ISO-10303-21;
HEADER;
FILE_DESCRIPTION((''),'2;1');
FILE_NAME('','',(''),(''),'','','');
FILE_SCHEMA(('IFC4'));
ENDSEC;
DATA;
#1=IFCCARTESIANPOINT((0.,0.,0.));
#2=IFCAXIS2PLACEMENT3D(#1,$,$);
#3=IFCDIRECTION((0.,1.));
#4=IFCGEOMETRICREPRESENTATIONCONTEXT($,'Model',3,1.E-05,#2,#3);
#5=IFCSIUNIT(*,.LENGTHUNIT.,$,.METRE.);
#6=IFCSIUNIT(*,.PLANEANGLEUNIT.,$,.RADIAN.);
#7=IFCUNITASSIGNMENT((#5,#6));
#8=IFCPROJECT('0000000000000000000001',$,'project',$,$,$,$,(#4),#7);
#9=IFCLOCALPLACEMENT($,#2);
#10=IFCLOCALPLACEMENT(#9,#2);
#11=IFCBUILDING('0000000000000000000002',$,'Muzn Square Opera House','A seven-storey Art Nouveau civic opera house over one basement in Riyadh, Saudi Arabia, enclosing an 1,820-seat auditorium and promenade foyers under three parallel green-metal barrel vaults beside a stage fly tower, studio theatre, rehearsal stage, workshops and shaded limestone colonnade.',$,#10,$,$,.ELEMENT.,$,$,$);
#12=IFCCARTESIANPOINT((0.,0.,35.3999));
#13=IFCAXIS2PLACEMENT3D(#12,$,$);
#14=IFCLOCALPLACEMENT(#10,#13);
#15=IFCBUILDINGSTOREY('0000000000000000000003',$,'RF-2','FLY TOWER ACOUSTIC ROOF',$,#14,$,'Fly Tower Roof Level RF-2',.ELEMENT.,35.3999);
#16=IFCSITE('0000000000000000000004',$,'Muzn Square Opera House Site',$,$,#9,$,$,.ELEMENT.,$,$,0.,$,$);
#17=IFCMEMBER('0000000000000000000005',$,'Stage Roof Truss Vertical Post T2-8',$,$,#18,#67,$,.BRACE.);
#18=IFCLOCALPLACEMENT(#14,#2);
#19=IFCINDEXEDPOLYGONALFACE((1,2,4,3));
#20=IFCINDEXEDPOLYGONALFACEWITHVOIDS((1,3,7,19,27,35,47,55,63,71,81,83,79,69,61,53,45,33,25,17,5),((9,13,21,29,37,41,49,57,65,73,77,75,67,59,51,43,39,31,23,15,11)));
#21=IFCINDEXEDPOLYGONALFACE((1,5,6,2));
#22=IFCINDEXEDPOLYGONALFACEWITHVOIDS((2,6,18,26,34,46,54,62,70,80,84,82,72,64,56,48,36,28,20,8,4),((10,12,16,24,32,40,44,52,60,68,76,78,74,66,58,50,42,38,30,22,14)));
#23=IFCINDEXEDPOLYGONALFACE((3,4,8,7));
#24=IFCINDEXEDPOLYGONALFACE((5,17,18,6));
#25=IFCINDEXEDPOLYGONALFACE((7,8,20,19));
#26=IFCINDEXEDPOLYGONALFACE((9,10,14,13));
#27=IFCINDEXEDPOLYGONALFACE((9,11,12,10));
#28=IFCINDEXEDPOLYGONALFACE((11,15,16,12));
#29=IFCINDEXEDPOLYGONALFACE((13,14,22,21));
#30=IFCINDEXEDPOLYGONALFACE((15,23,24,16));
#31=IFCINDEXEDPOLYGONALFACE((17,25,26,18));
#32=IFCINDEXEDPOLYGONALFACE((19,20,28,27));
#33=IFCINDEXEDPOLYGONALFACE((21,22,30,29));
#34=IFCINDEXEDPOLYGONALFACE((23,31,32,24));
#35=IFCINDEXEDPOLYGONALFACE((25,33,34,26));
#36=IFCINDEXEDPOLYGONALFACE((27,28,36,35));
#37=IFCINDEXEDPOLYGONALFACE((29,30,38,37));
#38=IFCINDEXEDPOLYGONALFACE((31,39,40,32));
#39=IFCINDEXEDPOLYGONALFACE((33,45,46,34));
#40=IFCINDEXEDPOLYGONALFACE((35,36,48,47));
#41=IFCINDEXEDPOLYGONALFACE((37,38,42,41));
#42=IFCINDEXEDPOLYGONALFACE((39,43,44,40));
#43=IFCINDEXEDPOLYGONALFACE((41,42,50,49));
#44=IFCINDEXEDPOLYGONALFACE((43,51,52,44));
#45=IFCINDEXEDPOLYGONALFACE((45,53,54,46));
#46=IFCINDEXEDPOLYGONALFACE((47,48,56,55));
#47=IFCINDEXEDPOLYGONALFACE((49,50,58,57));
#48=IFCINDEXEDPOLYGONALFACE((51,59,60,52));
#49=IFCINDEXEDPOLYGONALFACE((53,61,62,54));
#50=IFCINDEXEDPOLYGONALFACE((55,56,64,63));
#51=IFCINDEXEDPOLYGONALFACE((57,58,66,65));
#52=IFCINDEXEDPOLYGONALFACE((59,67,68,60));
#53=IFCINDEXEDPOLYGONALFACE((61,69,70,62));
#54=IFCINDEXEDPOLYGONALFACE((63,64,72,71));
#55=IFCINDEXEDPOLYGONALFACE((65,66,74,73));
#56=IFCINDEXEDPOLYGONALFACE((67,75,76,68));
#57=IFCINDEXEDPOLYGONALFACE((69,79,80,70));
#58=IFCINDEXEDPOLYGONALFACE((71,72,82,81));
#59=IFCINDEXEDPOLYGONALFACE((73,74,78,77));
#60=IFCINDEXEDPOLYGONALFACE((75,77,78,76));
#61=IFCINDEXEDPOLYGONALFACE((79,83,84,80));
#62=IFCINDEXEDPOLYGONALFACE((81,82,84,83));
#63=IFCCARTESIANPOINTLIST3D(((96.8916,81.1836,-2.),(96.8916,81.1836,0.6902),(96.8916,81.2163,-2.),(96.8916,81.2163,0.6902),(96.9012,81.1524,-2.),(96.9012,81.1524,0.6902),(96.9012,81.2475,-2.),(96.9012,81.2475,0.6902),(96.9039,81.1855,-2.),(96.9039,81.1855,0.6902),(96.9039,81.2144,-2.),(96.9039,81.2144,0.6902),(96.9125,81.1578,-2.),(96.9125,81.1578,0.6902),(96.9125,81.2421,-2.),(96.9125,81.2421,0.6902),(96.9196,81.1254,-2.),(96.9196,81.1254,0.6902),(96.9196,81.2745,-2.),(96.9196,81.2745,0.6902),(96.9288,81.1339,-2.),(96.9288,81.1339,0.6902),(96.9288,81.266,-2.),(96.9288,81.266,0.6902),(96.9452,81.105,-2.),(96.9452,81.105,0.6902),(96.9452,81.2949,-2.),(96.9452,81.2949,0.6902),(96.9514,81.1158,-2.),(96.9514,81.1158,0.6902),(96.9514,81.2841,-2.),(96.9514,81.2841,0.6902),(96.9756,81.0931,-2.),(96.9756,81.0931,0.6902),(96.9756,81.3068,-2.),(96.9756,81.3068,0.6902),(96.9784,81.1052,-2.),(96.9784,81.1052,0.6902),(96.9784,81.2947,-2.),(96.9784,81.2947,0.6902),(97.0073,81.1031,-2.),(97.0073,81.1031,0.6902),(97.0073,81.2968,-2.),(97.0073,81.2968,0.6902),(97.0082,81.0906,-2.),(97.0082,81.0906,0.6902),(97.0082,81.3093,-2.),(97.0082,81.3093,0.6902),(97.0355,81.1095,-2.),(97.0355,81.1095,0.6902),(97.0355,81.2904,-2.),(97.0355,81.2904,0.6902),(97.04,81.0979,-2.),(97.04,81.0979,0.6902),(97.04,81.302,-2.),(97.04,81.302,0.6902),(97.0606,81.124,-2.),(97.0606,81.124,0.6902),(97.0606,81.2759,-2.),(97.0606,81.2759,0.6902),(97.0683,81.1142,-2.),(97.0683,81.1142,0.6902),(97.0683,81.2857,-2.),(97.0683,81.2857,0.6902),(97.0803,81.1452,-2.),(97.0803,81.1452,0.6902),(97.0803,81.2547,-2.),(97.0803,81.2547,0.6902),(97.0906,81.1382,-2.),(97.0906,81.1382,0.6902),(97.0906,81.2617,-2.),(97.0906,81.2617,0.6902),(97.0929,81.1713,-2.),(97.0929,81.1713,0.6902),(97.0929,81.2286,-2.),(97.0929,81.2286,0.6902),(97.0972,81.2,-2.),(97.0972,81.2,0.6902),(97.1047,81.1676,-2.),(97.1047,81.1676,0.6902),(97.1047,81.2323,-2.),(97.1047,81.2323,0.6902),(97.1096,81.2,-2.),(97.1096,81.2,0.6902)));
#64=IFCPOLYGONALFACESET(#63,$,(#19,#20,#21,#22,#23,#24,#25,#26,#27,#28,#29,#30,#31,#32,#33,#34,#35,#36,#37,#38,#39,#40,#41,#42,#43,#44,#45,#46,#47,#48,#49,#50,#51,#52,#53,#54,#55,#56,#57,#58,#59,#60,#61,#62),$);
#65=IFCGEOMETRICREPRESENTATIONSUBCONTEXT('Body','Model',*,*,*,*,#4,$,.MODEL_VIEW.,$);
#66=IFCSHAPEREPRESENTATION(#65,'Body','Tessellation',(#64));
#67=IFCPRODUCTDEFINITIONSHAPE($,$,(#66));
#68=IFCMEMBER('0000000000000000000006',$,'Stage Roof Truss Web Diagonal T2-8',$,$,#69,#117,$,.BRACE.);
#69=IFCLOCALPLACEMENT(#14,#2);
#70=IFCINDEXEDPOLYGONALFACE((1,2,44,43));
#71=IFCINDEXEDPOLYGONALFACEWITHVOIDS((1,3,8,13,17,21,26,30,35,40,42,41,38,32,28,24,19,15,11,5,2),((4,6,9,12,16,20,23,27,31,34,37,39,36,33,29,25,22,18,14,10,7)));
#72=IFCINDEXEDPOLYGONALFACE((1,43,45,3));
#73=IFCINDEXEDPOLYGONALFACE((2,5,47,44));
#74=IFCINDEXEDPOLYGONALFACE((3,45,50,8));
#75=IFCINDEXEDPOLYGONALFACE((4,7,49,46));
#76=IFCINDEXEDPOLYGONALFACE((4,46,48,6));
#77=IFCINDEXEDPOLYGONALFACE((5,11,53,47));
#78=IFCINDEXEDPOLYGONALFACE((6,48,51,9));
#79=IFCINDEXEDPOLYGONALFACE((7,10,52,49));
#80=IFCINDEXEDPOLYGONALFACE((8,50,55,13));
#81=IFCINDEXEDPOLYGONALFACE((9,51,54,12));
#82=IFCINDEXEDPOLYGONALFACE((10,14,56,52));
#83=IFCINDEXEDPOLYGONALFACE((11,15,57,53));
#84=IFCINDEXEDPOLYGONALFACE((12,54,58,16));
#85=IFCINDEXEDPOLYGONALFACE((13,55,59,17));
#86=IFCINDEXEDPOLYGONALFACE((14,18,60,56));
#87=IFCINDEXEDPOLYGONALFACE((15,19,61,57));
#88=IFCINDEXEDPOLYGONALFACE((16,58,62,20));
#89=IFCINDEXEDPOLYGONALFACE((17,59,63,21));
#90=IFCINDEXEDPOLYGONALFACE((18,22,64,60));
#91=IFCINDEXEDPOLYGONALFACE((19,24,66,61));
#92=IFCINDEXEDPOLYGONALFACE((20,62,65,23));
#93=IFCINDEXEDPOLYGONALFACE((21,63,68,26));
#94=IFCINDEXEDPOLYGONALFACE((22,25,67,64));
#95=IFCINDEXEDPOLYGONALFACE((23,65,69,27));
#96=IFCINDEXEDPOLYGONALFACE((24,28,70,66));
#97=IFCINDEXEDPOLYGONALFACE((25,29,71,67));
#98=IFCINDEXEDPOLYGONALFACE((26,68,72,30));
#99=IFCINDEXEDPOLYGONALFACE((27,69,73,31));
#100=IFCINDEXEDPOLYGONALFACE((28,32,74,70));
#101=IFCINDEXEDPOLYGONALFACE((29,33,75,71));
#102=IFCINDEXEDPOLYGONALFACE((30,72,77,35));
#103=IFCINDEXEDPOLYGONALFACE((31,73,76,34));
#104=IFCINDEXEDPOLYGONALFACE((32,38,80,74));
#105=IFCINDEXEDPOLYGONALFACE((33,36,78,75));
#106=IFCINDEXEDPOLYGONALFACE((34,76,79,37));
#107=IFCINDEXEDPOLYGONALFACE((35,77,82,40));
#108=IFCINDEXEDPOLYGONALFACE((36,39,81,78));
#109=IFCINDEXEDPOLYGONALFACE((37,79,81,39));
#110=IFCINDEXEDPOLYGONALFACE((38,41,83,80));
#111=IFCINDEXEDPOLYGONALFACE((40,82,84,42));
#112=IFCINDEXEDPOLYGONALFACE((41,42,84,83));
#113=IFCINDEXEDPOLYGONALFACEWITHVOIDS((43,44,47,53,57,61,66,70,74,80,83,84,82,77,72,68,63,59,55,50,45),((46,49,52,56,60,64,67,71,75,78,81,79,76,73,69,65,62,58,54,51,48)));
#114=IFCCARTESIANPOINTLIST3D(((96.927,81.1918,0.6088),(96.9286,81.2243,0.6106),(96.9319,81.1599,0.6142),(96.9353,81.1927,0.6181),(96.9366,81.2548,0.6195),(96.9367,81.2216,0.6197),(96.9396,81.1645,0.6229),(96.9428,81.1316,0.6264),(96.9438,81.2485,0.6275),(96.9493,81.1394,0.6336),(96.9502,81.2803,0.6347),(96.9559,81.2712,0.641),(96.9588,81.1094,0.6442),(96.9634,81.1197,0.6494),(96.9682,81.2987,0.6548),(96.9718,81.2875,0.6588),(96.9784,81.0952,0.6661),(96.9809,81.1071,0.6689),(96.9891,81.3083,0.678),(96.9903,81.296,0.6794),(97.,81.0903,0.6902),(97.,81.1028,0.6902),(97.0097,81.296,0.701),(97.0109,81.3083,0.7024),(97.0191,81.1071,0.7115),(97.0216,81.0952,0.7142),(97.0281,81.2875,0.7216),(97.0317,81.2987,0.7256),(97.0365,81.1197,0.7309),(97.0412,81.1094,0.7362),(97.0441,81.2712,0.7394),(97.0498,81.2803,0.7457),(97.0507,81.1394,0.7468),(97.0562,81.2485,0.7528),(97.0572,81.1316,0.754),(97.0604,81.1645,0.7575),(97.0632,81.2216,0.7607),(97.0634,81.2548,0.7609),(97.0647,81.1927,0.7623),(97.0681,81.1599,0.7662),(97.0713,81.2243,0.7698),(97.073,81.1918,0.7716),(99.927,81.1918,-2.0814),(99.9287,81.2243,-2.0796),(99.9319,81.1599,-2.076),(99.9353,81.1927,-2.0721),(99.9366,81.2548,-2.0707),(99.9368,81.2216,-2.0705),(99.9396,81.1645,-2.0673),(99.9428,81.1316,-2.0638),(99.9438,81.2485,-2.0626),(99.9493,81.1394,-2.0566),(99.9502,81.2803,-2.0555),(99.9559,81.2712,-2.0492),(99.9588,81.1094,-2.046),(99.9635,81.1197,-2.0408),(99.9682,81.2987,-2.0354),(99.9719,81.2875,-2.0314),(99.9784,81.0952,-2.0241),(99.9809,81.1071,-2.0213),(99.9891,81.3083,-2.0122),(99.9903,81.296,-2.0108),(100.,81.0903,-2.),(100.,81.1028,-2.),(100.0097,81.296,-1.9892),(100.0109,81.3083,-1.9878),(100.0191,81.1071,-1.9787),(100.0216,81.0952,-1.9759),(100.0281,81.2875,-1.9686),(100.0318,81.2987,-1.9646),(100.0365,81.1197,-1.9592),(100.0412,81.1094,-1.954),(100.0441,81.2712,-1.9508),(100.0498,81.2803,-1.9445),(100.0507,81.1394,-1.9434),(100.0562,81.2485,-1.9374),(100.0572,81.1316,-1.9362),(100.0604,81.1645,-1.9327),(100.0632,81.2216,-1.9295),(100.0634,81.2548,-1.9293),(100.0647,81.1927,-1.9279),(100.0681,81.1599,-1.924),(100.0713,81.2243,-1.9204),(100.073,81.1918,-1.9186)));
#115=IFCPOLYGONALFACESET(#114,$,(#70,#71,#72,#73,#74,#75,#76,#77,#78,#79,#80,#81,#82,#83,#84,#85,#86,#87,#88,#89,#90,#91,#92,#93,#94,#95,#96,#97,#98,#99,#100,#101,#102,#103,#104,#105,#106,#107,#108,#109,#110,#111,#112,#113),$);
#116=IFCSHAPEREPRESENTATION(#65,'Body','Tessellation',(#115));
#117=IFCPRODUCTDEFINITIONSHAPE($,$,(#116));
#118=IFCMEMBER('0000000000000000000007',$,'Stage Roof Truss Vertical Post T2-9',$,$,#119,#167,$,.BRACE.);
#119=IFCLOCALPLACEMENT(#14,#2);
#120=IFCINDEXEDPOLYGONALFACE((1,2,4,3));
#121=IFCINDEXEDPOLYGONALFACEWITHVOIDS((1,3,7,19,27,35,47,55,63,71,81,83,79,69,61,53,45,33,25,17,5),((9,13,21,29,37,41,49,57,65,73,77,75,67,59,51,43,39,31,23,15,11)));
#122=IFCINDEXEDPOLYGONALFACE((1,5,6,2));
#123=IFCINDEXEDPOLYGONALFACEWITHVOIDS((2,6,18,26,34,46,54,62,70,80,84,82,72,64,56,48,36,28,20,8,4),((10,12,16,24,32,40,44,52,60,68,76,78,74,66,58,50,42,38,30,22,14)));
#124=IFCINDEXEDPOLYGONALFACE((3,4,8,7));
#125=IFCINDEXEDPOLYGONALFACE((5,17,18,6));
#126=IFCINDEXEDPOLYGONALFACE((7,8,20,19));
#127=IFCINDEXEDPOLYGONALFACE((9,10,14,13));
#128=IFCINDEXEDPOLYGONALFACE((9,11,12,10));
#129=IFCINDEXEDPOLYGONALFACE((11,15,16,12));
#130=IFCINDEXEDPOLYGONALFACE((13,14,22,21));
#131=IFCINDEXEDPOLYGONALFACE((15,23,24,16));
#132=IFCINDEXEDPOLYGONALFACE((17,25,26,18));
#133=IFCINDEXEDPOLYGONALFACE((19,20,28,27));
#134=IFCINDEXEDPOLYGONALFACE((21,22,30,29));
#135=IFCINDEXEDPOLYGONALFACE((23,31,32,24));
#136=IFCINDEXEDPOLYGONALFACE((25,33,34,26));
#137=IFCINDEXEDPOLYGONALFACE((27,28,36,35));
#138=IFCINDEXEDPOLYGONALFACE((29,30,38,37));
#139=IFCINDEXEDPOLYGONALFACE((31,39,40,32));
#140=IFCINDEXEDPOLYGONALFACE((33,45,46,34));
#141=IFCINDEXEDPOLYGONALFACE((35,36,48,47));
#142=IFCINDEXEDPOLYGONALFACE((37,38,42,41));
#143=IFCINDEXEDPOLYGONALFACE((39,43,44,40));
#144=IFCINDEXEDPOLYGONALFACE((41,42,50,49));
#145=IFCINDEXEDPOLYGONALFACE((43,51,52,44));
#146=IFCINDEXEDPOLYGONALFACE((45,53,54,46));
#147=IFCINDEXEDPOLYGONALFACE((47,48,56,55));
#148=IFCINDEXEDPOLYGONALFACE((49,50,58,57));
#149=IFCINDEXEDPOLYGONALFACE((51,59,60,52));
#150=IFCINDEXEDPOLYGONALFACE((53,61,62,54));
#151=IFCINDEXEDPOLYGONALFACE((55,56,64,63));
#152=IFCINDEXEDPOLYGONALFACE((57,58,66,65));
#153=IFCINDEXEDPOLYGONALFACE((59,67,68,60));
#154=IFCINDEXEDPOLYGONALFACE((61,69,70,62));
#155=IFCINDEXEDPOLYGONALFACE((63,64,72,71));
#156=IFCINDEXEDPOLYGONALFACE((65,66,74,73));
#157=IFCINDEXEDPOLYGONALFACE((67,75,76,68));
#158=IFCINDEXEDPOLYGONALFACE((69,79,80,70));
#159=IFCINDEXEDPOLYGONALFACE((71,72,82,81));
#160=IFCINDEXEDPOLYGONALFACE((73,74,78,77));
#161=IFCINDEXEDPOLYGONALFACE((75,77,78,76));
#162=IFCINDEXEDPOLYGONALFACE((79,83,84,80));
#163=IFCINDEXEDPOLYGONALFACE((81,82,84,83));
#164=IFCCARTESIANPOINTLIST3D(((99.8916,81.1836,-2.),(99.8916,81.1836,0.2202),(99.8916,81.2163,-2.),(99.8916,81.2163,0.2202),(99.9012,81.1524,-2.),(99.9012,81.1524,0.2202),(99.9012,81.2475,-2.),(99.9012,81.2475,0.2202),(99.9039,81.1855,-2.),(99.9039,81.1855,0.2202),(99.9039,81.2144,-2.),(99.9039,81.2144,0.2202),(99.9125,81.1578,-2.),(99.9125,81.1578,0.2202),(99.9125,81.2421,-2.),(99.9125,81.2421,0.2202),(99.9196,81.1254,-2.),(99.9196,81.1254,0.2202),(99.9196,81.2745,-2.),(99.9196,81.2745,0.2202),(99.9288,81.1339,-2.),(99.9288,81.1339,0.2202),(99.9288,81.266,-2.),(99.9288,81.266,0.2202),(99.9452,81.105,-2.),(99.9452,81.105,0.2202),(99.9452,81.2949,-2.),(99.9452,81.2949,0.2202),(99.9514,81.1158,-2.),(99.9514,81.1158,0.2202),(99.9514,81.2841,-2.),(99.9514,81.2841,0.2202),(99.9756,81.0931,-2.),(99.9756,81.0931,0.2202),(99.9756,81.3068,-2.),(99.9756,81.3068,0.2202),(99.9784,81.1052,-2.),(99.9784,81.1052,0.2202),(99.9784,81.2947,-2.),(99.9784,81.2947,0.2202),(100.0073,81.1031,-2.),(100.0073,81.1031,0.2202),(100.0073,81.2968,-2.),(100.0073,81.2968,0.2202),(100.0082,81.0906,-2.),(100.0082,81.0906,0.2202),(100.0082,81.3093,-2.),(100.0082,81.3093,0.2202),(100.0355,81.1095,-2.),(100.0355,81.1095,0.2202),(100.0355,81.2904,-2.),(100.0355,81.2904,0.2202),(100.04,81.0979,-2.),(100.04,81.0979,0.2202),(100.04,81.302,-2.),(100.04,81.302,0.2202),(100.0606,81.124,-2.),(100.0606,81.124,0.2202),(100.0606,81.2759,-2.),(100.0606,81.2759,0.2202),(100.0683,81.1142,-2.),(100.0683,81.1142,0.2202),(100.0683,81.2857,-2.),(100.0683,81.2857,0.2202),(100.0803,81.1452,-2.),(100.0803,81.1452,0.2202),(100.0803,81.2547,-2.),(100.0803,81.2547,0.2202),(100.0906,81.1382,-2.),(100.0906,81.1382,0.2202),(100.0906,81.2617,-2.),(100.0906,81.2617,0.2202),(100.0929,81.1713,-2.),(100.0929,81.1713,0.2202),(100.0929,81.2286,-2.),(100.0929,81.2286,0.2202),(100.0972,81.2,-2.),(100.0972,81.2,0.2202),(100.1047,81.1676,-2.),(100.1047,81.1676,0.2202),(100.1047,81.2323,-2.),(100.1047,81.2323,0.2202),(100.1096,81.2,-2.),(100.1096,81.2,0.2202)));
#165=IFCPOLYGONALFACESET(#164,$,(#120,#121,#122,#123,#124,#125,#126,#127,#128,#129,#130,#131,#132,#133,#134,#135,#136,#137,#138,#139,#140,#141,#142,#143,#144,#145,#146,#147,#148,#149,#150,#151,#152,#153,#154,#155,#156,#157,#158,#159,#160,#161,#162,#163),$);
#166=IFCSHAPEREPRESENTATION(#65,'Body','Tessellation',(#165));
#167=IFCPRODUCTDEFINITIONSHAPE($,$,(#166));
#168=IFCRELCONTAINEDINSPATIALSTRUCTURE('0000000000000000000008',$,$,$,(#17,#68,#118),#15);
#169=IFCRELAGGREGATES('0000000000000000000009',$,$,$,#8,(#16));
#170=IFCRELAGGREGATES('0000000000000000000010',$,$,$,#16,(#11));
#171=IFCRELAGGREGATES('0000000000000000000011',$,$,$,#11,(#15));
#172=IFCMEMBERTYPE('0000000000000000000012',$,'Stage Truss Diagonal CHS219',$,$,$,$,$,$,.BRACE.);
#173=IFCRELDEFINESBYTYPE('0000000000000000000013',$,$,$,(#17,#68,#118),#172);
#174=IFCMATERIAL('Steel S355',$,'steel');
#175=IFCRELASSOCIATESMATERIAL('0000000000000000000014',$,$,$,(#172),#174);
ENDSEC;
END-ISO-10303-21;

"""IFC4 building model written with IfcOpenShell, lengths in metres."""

from ifc_helpers import new_model, si_unit, direction, frame, origin, origin_2d, place, context, subcontext, project, spatial, hollow_circle, extrude, material, material_profile, profile_set, type_object, element, save


model = new_model("IFC4")

# Units and contexts
model_context = context("Model", 3, precision=1e-05, world=origin(), true_north=direction((0.0, 1.0)))
body_context = subcontext(model_context, "Body", "Model", "MODEL_VIEW")
ifc_project = project(units=[si_unit("LENGTHUNIT", "METRE"), si_unit("PLANEANGLEUNIT", "RADIAN")], contexts=[model_context])

# Site, building, storey
site_placement = place(None, origin())
site = spatial("IfcSite", under=ifc_project, at=site_placement, Name="Muzn Square Opera House Site", CompositionType="ELEMENT", RefElevation=0.0)
building_placement = place(site_placement, origin())
building = spatial("IfcBuilding", under=site, at=building_placement, Name="Muzn Square Opera House", Description="A seven-storey Art Nouveau civic opera house over one basement in Riyadh, Saudi Arabia, enclosing an 1,820-seat auditorium and promenade foyers under three parallel green-metal barrel vaults beside a stage fly tower, studio theatre, rehearsal stage, workshops and shaded limestone colonnade.", CompositionType="ELEMENT")
storey_placement = place(building_placement, frame((0.0, 0.0, 35.3999)))
storey = spatial("IfcBuildingStorey", under=building, at=storey_placement, Name="RF-2", Description="FLY TOWER ACOUSTIC ROOF", LongName="Fly Tower Roof Level RF-2", CompositionType="ELEMENT", Elevation=35.3999)

# Members
ifc_material_1 = material(Name="Steel S355", Category="steel")
ifc_material_profile_1 = material_profile(ifc_material_1, hollow_circle(Radius=0.1096, WallThickness=0.0125, at=origin_2d()), Name="CHS 219.1x12.5", Category="steel")
ifc_profile_set_1 = profile_set([ifc_material_profile_1], Name="Steel S355")
member_type_1 = type_object("IfcMemberType", Name="Stage Truss Diagonal CHS219", PredefinedType="BRACE", material=ifc_profile_set_1)
member_1_placement = place(storey_placement, frame((97.0, 81.2, -2.0), z_axis=(0.0, 0.0, 1.0), x_axis=(1.0, 0.0, 0.0)))
element("IfcMember", 1, at=member_1_placement, inside=storey, type_object=member_type_1, Name="Stage Roof Truss Vertical Post T2-8", PredefinedType="BRACE", context=body_context, shape_type="SweptSolid", body=[
    extrude(hollow_circle(Radius=0.1096, WallThickness=0.0125, at=origin_2d()), origin(), (0.0, 0.0, 1.0), 2.6902),
])
member_2_placement = place(storey_placement, frame((100.0, 81.2, -2.0), z_axis=(-0.744504, 0.0, 0.667618), x_axis=(0.0, -1.0, 0.0)))
element("IfcMember", 2, at=member_2_placement, inside=storey, type_object=member_type_1, Name="Stage Roof Truss Web Diagonal T2-8", PredefinedType="BRACE", context=body_context, shape_type="SweptSolid", body=[
    extrude(hollow_circle(Radius=0.1096, WallThickness=0.0125, at=origin_2d()), origin(), (0.0, 0.0, 1.0), 4.0295),
])
member_3_placement = place(storey_placement, frame((100.0, 81.2, -2.0), z_axis=(0.0, 0.0, 1.0), x_axis=(1.0, 0.0, 0.0)))
element("IfcMember", 3, at=member_3_placement, inside=storey, type_object=member_type_1, Name="Stage Roof Truss Vertical Post T2-9", PredefinedType="BRACE", context=body_context, shape_type="SweptSolid", body=[
    extrude(hollow_circle(Radius=0.1096, WallThickness=0.0125, at=origin_2d()), origin(), (0.0, 0.0, 1.0), 2.2202),
])

save(model, "model.ifc")
